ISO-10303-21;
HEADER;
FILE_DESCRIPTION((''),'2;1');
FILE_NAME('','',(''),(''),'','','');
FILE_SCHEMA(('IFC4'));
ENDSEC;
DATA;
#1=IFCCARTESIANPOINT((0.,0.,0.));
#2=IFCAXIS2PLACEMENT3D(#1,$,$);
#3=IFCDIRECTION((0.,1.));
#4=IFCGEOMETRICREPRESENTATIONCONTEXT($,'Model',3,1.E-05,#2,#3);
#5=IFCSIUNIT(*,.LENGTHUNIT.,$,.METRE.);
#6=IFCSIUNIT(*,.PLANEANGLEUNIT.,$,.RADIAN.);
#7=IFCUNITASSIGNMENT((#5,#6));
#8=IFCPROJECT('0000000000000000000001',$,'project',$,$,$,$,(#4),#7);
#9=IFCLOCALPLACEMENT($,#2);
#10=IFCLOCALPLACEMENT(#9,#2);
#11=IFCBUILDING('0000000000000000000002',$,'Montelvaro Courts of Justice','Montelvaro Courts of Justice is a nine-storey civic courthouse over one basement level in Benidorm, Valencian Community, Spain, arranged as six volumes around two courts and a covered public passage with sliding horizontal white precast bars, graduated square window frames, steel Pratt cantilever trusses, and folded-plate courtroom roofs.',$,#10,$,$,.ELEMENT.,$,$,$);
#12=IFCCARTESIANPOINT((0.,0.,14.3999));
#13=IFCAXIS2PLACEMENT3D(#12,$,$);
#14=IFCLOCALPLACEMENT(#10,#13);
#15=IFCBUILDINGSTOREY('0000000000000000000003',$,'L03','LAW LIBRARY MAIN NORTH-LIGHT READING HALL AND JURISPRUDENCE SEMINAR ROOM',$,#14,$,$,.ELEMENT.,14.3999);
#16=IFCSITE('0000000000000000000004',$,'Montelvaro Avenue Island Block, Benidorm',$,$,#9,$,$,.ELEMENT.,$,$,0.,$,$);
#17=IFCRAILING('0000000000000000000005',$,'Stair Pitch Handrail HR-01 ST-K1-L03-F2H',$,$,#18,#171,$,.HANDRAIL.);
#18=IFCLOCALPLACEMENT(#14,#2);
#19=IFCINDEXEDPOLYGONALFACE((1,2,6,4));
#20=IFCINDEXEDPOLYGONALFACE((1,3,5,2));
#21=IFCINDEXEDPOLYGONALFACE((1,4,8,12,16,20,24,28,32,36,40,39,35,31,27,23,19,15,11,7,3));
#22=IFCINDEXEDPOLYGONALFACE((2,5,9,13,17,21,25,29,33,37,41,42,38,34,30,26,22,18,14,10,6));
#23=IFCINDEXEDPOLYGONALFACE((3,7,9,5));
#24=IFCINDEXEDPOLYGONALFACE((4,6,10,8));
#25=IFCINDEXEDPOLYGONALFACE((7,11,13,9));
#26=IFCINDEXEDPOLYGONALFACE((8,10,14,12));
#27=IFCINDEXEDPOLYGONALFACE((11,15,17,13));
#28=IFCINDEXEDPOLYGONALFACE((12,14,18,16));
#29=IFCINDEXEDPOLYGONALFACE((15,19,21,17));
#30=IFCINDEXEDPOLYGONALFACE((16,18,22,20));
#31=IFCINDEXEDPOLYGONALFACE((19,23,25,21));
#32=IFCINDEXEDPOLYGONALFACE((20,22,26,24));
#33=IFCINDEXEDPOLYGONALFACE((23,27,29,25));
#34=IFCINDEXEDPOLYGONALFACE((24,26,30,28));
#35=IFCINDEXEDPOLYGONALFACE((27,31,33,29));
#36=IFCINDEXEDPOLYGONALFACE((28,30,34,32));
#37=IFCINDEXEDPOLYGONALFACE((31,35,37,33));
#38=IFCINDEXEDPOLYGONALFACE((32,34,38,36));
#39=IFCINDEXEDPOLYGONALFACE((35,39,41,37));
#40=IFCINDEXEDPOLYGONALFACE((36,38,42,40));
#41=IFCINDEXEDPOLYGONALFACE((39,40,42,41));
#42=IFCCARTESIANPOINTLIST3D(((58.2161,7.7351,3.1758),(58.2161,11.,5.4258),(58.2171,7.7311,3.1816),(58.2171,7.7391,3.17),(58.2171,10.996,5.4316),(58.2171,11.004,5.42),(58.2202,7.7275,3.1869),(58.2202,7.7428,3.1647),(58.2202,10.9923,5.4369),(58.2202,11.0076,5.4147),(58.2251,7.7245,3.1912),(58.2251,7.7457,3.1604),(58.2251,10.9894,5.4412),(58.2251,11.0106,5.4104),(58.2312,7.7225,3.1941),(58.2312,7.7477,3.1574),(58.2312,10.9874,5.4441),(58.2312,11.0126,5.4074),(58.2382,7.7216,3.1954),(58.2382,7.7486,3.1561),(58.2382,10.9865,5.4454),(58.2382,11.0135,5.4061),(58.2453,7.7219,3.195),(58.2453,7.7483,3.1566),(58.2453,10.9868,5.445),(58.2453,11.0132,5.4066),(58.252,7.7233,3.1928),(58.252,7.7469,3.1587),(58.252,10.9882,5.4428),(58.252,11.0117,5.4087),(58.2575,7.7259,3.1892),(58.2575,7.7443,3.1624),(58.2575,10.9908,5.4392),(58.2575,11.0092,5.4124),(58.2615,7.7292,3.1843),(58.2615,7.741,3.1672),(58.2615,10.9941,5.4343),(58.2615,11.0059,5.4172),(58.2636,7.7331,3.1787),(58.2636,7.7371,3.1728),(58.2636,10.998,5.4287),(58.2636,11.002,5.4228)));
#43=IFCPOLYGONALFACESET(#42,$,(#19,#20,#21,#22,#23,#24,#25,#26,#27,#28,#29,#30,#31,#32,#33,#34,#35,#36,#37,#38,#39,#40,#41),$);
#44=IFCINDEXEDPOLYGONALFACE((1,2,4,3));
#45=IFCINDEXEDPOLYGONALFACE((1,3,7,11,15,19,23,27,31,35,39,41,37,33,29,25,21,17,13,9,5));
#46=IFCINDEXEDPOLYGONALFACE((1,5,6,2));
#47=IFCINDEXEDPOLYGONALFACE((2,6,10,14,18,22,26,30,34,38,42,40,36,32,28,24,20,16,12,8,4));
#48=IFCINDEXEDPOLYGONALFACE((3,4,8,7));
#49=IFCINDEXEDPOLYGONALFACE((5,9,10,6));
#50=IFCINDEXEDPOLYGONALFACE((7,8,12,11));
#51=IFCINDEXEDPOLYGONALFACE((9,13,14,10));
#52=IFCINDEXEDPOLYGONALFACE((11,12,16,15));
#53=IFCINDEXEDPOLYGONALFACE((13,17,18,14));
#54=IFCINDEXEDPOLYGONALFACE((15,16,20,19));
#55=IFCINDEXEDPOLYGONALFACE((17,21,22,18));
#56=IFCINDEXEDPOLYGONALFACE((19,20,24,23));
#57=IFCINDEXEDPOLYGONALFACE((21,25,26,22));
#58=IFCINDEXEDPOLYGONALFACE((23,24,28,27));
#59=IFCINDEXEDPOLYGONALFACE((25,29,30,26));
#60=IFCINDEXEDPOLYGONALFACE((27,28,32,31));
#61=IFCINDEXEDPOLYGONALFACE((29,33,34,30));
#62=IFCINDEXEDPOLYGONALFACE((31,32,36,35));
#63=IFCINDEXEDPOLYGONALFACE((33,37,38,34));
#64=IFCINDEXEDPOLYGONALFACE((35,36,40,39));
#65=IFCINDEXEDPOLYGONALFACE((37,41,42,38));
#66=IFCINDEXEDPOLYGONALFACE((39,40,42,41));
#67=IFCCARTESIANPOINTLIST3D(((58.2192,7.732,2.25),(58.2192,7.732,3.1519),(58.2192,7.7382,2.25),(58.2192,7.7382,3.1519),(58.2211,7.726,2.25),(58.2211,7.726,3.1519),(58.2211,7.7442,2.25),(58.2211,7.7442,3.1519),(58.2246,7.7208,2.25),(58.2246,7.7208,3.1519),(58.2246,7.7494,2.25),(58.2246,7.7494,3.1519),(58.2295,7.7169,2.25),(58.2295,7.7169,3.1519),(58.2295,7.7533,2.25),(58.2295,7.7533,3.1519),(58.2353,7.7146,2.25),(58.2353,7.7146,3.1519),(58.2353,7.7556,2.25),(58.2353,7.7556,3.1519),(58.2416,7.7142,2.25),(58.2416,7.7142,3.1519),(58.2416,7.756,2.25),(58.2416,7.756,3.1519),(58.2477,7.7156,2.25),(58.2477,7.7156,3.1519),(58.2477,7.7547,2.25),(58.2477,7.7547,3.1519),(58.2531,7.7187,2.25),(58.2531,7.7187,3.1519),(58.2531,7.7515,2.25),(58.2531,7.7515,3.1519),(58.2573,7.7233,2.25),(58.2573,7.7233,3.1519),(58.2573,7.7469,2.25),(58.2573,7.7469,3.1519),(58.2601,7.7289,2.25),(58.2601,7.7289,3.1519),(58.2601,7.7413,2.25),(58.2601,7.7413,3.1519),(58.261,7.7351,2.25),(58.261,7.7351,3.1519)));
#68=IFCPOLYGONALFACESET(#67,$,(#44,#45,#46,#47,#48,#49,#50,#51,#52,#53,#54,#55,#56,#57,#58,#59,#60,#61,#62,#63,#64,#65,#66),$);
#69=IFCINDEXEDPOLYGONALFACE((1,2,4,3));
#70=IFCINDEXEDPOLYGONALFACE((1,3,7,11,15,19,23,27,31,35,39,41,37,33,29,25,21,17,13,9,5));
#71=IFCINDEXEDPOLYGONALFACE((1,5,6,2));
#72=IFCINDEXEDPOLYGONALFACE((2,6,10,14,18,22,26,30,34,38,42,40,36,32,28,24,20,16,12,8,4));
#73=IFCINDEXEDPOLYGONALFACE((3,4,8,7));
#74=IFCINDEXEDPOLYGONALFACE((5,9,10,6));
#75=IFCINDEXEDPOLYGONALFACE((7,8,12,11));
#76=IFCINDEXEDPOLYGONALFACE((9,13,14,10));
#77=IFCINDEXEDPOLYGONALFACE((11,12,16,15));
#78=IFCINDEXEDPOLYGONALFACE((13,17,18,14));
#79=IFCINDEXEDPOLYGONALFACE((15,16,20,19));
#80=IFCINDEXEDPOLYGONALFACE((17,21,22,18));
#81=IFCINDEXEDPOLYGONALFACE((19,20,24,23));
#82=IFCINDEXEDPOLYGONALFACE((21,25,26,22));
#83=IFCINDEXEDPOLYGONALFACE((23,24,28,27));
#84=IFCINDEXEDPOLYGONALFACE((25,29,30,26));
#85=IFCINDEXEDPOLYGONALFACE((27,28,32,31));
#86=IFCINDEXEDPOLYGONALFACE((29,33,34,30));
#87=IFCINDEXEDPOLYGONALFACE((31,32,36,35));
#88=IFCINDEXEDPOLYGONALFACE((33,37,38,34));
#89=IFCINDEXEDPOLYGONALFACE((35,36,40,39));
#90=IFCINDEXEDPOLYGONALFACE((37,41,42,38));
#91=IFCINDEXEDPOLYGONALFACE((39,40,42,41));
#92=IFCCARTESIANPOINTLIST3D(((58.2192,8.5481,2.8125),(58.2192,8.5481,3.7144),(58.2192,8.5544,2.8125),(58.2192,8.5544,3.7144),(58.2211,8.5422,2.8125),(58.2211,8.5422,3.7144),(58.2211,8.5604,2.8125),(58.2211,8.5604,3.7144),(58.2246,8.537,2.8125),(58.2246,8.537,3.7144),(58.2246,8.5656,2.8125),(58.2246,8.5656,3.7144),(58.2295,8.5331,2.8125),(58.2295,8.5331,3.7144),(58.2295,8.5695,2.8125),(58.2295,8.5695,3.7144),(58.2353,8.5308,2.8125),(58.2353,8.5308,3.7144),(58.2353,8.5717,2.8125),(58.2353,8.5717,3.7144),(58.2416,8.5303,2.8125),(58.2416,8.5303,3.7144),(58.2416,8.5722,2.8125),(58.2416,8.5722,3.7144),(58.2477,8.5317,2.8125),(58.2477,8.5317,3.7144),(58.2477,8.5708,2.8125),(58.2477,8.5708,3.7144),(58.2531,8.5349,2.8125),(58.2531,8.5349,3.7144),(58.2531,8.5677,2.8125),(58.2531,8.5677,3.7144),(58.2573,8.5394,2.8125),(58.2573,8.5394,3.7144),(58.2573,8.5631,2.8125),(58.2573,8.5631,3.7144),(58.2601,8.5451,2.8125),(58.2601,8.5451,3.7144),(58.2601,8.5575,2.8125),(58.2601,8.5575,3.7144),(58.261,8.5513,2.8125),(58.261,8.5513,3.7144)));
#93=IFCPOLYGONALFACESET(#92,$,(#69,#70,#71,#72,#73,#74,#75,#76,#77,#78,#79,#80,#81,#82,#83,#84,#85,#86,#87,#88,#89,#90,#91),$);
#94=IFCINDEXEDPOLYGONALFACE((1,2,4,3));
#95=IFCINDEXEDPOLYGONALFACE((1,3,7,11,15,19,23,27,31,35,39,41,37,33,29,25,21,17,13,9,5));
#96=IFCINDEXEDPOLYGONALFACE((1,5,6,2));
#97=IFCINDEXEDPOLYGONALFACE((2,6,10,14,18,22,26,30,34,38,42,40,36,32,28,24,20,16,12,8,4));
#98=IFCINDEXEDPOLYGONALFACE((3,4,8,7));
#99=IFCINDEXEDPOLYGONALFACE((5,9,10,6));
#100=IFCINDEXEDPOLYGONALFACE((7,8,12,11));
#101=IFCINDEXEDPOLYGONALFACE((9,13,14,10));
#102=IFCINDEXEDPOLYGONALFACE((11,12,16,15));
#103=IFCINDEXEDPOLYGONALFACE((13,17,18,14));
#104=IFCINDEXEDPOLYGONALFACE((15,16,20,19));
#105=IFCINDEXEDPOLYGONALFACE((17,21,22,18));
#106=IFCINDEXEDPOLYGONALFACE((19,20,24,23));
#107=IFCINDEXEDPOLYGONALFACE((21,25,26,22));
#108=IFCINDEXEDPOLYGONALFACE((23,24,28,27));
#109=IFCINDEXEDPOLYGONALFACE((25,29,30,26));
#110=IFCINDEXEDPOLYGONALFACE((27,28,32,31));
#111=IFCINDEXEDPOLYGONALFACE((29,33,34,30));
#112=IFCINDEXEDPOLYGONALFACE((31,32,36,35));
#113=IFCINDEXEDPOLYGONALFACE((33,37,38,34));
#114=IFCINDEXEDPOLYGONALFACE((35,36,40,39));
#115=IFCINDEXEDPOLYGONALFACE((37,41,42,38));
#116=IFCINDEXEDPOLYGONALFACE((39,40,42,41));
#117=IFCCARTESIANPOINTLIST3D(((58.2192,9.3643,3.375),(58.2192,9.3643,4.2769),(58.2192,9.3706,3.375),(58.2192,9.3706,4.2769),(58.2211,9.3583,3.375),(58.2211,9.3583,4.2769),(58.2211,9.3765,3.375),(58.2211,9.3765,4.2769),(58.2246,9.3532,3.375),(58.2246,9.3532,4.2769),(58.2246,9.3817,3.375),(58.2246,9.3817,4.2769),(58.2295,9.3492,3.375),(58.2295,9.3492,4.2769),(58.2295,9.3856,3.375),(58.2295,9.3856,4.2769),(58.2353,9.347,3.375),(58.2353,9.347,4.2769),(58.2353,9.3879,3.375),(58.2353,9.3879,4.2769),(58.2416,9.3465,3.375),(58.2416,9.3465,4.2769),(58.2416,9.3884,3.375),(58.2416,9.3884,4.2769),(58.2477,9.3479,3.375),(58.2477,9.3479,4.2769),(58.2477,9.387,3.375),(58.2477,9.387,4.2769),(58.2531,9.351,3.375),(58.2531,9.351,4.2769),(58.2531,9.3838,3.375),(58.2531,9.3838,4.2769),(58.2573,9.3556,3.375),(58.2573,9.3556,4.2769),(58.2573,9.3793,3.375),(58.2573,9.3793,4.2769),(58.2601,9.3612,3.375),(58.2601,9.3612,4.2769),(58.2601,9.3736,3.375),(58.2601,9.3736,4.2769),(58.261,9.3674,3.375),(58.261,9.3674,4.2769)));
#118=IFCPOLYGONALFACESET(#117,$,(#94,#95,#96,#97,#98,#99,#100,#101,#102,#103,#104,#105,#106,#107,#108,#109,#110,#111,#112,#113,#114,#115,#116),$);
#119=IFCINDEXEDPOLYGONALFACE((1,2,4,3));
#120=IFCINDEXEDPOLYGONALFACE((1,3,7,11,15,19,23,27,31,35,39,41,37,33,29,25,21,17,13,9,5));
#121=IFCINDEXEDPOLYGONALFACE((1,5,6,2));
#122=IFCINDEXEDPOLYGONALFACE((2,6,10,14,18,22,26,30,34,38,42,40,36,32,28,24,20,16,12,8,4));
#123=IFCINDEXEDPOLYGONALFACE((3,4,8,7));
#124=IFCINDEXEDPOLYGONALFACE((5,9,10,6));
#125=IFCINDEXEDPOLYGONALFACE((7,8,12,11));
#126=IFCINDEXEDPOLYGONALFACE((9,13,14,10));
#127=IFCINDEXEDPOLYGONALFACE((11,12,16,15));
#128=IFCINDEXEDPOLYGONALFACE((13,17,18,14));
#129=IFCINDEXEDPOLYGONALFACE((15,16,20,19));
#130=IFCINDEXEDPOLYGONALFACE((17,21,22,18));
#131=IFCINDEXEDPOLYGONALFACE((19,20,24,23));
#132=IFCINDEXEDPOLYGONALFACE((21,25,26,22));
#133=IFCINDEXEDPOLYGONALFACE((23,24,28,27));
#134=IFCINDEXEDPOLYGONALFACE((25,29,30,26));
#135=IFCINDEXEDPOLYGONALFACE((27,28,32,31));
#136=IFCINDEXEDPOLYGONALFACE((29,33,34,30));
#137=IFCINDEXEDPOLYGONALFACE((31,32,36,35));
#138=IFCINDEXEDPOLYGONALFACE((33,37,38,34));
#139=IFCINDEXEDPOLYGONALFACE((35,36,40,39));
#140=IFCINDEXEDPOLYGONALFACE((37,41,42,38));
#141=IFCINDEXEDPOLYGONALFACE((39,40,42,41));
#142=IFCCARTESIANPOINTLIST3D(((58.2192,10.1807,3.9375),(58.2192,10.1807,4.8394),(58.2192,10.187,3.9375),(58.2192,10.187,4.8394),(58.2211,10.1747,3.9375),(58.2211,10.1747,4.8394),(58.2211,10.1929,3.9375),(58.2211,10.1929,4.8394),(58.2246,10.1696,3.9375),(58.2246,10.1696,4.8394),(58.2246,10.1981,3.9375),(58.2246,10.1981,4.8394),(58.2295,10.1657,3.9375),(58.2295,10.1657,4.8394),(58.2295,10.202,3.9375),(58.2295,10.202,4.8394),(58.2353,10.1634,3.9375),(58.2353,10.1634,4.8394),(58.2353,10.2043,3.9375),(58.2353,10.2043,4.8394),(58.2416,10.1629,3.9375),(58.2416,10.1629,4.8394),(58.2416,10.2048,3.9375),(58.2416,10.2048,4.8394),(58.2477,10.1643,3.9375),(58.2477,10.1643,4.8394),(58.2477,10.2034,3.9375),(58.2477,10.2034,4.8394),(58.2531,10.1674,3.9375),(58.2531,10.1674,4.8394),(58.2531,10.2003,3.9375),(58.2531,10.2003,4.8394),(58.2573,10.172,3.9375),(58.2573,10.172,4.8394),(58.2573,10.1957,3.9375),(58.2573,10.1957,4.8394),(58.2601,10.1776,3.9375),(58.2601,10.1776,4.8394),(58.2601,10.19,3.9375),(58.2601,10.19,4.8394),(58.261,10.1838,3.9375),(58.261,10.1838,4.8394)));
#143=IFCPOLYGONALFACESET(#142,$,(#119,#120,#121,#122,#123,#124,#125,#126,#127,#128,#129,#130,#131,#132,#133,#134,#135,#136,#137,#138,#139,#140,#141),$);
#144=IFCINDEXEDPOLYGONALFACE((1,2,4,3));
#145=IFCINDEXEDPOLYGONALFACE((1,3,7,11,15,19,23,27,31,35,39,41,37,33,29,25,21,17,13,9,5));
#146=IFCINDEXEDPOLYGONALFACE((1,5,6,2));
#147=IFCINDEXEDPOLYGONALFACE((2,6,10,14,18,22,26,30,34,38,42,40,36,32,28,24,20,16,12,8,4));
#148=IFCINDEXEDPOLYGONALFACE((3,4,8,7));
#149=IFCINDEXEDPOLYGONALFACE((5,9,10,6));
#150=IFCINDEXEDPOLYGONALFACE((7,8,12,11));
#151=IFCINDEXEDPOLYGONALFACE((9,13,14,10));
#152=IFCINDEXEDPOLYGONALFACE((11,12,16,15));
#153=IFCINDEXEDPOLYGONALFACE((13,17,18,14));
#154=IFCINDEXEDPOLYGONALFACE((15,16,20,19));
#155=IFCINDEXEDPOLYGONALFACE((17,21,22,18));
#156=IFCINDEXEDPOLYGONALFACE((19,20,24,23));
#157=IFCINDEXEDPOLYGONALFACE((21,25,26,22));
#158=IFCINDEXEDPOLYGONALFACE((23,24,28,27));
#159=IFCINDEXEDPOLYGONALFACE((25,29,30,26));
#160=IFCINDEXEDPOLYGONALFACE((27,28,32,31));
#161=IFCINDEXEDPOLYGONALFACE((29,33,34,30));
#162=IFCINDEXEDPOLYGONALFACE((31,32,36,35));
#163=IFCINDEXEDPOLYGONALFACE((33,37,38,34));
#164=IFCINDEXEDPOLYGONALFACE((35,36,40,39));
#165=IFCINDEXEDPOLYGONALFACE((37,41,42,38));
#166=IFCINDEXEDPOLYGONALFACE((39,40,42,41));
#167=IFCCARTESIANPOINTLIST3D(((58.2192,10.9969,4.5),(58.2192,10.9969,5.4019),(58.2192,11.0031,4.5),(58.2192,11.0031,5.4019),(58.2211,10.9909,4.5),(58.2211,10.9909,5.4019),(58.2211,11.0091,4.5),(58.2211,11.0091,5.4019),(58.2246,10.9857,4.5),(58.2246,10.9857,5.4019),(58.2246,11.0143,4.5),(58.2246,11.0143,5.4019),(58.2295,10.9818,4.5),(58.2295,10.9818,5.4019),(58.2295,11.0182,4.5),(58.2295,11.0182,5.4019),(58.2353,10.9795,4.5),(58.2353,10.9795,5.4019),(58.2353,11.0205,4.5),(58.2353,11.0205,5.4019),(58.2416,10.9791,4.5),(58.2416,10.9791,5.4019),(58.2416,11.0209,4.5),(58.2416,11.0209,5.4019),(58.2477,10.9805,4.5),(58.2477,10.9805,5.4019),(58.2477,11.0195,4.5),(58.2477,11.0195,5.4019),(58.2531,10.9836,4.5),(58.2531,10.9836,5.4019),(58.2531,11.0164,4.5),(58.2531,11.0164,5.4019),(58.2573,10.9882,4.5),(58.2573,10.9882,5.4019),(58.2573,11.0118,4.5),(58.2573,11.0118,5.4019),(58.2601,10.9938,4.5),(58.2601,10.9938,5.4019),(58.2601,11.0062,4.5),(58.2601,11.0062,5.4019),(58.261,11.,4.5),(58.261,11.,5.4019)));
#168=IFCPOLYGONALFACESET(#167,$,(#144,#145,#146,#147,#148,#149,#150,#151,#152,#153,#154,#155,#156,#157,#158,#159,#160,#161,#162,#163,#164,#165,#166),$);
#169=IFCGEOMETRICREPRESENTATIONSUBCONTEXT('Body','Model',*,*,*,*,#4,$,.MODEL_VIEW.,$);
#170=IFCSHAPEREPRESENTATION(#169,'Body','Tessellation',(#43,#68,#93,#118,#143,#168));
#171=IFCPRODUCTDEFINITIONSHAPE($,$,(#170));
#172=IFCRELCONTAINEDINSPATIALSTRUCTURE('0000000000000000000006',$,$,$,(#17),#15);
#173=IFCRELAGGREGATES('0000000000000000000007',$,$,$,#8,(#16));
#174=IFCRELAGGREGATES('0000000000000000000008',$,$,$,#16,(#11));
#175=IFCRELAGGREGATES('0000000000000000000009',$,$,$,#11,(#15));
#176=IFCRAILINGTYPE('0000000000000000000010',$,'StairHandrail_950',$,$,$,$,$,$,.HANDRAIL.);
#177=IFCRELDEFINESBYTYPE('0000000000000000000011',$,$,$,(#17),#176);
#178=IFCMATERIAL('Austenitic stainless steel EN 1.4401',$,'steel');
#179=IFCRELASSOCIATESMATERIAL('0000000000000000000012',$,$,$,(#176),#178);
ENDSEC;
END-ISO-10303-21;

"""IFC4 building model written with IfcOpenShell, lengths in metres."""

from ifc_helpers import new_model, si_unit, direction, frame, origin, origin_2d, place, context, subcontext, project, spatial, circle, extrude, material, type_object, element, save


model = new_model("IFC4")

# Units and contexts
model_context = context("Model", 3, precision=1e-05, world=origin(), true_north=direction((0.0, 1.0)))
body_context = subcontext(model_context, "Body", "Model", "MODEL_VIEW")
ifc_project = project(units=[si_unit("LENGTHUNIT", "METRE"), si_unit("PLANEANGLEUNIT", "RADIAN")], contexts=[model_context])

# Site, building, storey
site_placement = place(None, origin())
site = spatial("IfcSite", under=ifc_project, at=site_placement, Name="Montelvaro Avenue Island Block, Benidorm", CompositionType="ELEMENT", RefElevation=0.0)
building_placement = place(site_placement, origin())
building = spatial("IfcBuilding", under=site, at=building_placement, Name="Montelvaro Courts of Justice", Description="Montelvaro Courts of Justice is a nine-storey civic courthouse over one basement level in Benidorm, Valencian Community, Spain, arranged as six volumes around two courts and a covered public passage with sliding horizontal white precast bars, graduated square window frames, steel Pratt cantilever trusses, and folded-plate courtroom roofs.", CompositionType="ELEMENT")
storey_placement = place(building_placement, frame((0.0, 0.0, 14.3999)))
storey = spatial("IfcBuildingStorey", under=building, at=storey_placement, Name="L03", Description="LAW LIBRARY MAIN NORTH-LIGHT READING HALL AND JURISPRUDENCE SEMINAR ROOM", CompositionType="ELEMENT", Elevation=14.3999)

# Railing
ifc_material_1 = material(Name="Austenitic stainless steel EN 1.4401", Category="steel")
railing_type_1 = type_object("IfcRailingType", Name="StairHandrail_950", PredefinedType="HANDRAIL", material=ifc_material_1)
railing_1_placement = place(storey_placement, frame((58.24, 7.7351, 2.25)))
element("IfcRailing", 1, at=railing_1_placement, inside=storey, type_object=railing_type_1, Name="Stair Pitch Handrail HR-01 ST-K1-L03-F2H", PredefinedType="HANDRAIL", context=body_context, shape_type="SweptSolid", body=[
    extrude(circle(Radius=0.0239, at=origin_2d()), frame((0.0, 0.0, 0.9258), z_axis=(0.0, 0.823407, 0.567451), x_axis=(-1.0, 0.0, 0.0)), (0.0, 0.0, 1.0), 3.9651),
    extrude(circle(Radius=0.021, at=origin_2d()), origin(), (0.0, 0.0, 1.0), 0.9019),
    extrude(circle(Radius=0.021, at=origin_2d()), frame((0.0, 0.8162, 0.5625)), (0.0, 0.0, 1.0), 0.9019),
    extrude(circle(Radius=0.021, at=origin_2d()), frame((0.0, 1.6323, 1.125)), (0.0, 0.0, 1.0), 0.9019),
    extrude(circle(Radius=0.021, at=origin_2d()), frame((0.0, 2.4487, 1.6875)), (0.0, 0.0, 1.0), 0.9019),
    extrude(circle(Radius=0.021, at=origin_2d()), frame((0.0, 3.2649, 2.25)), (0.0, 0.0, 1.0), 0.9019),
])

save(model, "model.ifc")
